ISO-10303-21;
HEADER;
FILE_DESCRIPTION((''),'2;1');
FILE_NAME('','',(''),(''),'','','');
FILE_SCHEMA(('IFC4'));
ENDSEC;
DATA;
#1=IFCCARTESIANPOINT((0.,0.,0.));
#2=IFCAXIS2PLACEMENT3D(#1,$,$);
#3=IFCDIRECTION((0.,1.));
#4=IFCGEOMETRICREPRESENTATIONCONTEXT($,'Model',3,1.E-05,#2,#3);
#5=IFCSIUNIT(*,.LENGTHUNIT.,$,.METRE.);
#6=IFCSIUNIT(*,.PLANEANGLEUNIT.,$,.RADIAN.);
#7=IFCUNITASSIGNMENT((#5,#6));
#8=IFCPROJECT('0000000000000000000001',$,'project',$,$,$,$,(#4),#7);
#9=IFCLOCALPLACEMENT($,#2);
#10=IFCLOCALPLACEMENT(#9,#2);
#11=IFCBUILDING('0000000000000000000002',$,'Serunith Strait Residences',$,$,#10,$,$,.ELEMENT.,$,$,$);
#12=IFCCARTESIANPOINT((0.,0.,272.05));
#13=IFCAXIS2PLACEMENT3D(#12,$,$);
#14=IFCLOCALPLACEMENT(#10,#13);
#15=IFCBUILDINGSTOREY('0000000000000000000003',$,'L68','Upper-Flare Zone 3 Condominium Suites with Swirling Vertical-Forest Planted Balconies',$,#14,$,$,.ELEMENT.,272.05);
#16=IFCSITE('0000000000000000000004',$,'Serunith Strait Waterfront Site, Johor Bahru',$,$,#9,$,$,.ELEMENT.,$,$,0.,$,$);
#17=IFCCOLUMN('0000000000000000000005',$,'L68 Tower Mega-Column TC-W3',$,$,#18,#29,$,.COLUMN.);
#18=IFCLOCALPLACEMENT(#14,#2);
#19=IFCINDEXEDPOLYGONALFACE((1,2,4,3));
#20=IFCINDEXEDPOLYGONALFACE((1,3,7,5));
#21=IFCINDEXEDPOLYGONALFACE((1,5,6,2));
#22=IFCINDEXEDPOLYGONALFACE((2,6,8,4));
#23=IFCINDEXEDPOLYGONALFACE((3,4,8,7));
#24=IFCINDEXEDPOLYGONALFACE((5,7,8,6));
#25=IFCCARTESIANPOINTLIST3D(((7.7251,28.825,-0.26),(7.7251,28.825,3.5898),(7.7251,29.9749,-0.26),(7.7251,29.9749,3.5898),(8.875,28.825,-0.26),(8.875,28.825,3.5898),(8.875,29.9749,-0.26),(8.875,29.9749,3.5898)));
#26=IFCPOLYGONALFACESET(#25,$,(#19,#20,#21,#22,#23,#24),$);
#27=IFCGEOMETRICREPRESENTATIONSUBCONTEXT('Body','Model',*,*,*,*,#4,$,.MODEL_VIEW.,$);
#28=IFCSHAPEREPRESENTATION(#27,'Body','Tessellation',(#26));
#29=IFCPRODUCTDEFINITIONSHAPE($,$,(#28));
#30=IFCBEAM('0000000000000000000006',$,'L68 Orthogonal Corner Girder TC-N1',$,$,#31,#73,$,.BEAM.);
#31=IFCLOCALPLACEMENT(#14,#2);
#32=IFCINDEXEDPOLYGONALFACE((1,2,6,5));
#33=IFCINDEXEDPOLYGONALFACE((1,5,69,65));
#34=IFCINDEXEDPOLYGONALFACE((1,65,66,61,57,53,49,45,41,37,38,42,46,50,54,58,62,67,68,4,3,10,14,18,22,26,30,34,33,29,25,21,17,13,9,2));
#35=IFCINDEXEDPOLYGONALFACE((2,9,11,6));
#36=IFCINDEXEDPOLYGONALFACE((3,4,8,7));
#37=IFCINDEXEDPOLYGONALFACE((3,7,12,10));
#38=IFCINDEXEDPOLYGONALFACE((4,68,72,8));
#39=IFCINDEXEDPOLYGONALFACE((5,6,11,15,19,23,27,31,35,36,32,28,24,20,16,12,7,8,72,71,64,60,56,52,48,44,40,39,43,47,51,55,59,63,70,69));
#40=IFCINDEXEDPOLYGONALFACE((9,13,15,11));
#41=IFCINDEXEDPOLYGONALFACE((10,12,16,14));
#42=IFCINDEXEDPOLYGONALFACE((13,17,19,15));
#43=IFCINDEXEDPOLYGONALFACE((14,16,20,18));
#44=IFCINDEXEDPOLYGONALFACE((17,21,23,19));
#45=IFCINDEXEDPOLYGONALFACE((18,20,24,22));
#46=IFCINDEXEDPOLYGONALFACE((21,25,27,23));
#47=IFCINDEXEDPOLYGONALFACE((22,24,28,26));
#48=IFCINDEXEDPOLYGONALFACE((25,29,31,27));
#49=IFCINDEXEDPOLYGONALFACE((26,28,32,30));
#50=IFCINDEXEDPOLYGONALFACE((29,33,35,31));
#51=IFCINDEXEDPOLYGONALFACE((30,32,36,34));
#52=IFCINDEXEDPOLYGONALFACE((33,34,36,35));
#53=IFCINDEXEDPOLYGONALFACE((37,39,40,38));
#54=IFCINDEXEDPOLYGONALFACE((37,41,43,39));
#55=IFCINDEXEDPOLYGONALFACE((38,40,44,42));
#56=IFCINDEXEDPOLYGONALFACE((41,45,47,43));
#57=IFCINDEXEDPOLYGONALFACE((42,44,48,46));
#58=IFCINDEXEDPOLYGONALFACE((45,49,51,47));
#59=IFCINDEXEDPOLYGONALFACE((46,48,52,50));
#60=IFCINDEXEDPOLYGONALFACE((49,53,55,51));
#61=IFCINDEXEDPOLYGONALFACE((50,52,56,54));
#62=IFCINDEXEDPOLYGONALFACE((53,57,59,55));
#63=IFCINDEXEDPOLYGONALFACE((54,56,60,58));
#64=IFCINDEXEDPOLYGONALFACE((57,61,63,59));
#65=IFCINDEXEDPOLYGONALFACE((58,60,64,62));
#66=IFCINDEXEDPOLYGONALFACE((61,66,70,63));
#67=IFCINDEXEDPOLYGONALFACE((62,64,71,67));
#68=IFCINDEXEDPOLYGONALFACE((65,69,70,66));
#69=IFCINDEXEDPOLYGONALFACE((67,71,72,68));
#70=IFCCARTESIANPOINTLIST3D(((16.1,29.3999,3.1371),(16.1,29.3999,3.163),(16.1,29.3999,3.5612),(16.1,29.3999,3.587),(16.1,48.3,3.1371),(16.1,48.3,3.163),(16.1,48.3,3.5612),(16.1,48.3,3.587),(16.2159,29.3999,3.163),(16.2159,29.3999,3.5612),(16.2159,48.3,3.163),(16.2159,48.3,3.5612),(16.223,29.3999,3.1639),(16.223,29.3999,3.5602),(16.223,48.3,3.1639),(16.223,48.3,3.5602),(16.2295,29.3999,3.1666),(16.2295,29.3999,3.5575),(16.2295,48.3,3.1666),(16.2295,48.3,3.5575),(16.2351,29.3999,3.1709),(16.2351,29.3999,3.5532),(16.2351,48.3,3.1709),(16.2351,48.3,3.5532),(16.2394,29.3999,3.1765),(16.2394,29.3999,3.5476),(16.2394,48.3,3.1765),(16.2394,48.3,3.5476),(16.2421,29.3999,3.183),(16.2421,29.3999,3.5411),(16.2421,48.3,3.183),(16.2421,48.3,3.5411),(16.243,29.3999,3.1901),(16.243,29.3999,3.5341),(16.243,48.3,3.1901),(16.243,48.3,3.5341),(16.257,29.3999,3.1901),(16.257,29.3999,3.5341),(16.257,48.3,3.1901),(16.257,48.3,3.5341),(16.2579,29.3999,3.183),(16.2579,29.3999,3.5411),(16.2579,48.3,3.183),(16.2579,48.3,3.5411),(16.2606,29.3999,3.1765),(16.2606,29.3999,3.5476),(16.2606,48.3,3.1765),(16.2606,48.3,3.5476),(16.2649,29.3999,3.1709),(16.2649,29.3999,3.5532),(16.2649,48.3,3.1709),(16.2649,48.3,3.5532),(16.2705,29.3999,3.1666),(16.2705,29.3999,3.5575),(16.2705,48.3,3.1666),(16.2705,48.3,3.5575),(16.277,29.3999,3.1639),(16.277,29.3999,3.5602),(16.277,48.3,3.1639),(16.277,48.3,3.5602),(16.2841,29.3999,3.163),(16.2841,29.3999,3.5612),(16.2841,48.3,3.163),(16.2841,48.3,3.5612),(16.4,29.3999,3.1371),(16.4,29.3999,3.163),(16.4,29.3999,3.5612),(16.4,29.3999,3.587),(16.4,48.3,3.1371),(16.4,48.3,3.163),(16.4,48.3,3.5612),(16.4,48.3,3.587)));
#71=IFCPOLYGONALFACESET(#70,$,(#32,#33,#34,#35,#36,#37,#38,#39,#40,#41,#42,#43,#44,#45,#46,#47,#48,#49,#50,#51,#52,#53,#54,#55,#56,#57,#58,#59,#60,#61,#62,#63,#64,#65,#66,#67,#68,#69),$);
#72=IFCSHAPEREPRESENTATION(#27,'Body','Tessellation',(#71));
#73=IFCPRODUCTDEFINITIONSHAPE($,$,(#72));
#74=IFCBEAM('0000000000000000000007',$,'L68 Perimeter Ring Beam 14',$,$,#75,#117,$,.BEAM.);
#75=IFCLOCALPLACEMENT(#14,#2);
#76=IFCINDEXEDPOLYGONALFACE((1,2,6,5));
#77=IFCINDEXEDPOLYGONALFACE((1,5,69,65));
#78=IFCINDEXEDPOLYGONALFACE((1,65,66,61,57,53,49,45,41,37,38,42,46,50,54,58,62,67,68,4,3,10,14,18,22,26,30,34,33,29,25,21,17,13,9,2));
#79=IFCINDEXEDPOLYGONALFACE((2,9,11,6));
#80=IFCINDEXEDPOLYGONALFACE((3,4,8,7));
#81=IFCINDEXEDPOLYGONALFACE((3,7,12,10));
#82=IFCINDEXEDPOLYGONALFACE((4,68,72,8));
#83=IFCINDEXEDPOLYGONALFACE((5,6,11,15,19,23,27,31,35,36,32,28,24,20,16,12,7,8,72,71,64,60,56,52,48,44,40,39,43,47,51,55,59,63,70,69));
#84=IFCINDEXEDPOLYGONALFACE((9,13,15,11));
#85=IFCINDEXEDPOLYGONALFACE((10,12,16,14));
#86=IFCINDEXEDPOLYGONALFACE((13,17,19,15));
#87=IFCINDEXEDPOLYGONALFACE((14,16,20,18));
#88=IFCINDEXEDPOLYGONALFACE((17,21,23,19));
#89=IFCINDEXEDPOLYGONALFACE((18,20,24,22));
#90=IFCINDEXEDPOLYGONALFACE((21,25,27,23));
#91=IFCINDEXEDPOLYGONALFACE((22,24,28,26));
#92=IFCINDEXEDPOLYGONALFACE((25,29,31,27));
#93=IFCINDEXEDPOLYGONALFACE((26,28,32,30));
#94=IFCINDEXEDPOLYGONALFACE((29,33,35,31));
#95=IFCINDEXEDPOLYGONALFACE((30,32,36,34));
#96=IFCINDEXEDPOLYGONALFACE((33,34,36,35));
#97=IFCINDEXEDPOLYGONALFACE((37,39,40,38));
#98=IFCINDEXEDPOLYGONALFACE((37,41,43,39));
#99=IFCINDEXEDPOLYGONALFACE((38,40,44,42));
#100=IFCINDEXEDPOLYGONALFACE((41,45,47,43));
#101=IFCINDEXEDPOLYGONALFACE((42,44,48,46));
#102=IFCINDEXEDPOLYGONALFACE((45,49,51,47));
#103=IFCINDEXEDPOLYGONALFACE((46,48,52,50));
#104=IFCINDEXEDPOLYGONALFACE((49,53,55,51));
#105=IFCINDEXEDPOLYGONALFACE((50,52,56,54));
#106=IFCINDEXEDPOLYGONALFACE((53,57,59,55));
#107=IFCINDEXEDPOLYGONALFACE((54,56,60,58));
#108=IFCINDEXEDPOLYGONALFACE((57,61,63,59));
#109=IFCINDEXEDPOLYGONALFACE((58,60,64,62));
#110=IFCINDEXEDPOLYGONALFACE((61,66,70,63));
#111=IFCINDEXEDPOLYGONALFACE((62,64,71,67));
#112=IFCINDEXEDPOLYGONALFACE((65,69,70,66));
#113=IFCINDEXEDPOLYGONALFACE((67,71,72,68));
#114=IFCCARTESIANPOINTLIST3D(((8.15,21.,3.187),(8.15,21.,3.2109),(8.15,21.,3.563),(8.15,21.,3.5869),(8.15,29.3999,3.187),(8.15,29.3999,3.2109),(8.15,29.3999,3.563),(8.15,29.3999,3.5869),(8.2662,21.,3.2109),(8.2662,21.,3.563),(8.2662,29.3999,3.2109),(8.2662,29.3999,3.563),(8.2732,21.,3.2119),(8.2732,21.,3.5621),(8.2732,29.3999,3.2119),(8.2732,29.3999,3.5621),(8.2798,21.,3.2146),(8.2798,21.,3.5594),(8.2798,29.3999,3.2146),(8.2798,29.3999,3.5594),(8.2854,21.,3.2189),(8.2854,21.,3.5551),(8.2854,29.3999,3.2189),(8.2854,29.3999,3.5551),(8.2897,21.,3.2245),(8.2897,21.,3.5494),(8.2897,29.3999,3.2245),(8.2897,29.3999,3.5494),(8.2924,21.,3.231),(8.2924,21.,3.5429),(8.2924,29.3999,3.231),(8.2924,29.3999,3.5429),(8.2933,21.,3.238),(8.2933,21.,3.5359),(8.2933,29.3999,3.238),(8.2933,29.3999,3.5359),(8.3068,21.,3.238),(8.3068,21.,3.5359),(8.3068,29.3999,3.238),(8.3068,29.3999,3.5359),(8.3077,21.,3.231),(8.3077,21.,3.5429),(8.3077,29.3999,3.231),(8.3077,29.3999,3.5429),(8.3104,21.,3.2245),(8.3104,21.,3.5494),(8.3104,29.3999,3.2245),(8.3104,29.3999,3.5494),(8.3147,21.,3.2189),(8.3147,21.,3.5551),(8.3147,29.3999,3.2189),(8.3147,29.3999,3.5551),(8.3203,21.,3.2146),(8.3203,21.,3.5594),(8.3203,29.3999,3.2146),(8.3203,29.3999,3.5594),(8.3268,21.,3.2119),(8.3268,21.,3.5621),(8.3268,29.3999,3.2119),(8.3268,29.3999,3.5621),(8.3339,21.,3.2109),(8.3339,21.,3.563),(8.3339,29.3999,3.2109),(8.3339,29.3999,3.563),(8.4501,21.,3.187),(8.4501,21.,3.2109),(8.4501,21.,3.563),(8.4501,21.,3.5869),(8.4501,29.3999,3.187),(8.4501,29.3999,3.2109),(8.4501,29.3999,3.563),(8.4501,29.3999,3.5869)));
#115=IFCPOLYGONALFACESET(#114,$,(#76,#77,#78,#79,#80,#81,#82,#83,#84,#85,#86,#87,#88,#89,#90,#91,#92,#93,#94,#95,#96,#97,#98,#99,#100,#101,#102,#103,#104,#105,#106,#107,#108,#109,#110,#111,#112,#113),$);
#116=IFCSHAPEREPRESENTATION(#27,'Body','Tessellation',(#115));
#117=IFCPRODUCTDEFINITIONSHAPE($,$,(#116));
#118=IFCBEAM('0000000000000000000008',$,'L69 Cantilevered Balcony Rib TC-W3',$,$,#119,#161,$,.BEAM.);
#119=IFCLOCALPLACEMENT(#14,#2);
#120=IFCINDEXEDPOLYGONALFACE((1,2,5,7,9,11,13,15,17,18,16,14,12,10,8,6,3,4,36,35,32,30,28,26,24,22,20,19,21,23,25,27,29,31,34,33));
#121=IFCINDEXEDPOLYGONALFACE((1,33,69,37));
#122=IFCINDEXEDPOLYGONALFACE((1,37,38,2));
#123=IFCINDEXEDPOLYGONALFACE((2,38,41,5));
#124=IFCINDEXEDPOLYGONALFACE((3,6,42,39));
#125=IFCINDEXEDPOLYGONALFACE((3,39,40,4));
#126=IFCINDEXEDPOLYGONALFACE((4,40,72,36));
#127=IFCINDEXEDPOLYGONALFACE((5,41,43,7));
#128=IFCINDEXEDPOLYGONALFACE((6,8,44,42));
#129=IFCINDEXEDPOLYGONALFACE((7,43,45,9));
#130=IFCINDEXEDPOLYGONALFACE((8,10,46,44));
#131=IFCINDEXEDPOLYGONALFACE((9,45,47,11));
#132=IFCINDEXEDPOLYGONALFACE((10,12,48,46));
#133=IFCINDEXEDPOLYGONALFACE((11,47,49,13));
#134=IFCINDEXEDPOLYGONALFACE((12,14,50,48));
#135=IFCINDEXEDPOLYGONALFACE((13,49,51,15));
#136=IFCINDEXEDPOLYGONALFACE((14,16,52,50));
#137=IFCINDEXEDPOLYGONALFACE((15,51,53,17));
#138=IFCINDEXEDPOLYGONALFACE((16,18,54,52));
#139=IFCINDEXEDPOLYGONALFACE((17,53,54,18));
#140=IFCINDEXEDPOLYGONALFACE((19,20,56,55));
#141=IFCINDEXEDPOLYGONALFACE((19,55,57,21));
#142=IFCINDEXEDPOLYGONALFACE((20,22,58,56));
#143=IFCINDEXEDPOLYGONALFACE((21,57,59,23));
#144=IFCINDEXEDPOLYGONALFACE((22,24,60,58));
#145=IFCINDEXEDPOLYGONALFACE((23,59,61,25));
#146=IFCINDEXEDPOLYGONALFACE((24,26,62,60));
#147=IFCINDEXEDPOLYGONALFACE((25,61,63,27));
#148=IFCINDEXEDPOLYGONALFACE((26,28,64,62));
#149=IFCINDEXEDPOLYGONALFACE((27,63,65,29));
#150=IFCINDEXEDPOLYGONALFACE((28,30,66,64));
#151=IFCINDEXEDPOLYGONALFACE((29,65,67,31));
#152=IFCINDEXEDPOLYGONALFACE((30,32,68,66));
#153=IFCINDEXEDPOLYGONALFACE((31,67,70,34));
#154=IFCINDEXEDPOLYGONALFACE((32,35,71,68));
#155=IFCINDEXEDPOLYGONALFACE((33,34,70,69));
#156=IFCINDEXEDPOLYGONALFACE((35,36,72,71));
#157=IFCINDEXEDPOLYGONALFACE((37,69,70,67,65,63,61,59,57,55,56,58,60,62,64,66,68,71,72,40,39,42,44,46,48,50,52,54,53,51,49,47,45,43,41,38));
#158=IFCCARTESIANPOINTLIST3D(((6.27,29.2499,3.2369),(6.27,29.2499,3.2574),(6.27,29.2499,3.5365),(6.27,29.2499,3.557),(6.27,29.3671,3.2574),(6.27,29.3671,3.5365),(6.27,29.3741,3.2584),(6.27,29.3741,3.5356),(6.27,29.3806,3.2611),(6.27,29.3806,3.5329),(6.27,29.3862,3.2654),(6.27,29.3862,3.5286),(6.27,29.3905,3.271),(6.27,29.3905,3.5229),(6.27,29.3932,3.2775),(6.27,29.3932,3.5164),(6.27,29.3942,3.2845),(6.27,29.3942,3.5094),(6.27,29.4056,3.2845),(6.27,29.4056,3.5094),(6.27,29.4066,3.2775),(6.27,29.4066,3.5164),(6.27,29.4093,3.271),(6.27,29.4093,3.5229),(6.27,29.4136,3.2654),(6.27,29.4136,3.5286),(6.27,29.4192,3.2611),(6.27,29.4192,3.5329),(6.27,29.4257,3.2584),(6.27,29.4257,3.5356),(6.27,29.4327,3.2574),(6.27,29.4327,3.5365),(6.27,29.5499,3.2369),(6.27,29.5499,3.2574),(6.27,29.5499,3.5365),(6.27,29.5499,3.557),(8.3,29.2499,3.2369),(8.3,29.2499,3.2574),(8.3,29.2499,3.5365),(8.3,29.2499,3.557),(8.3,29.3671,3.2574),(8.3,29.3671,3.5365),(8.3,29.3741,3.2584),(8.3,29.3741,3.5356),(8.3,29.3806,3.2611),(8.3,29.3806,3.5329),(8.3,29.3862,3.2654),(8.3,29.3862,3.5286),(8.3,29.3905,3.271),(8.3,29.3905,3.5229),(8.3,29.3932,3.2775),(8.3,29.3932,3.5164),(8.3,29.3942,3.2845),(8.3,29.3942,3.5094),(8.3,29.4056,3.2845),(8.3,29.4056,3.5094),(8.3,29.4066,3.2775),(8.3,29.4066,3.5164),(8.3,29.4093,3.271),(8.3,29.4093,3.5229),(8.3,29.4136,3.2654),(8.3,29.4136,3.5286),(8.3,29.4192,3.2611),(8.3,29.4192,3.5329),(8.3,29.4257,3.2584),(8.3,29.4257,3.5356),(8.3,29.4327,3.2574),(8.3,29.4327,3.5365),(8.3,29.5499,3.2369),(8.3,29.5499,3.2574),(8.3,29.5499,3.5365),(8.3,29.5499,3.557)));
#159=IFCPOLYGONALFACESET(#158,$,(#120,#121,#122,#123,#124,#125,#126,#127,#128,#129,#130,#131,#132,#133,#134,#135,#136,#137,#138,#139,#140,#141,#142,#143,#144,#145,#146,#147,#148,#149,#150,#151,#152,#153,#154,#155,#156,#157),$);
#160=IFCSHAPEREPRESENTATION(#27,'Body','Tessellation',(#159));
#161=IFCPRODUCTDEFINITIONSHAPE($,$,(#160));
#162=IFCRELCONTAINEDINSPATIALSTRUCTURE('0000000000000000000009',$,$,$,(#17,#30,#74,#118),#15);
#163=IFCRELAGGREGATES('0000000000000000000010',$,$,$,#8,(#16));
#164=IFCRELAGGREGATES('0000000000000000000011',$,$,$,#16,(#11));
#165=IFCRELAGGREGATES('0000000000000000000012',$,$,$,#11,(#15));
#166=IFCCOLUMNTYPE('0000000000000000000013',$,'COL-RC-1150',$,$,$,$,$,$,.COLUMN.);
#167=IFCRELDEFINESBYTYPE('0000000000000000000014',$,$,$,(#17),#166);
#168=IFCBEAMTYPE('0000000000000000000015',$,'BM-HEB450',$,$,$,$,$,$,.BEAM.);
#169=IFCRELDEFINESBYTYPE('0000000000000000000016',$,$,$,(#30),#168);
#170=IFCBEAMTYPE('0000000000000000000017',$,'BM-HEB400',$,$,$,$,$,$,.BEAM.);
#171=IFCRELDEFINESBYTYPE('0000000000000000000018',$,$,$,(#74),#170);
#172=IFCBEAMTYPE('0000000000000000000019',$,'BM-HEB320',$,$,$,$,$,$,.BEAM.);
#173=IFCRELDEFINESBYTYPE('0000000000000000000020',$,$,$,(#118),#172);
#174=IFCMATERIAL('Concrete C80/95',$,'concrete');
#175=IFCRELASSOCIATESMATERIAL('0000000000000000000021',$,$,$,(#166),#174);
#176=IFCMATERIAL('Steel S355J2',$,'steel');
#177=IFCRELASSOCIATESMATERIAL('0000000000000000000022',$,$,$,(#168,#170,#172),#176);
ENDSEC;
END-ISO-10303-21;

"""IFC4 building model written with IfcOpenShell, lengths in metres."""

from ifc_helpers import new_model, si_unit, direction, frame, origin, origin_2d, place, context, subcontext, project, spatial, rectangle, i_section, extrude, source, transform, mapped, material, material_profile, profile_set, type_object, element, save


model = new_model("IFC4")

# Units and contexts
model_context = context("Model", 3, precision=1e-05, world=origin(), true_north=direction((0.0, 1.0)))
body_context = subcontext(model_context, "Body", "Model", "MODEL_VIEW")
ifc_project = project(units=[si_unit("LENGTHUNIT", "METRE"), si_unit("PLANEANGLEUNIT", "RADIAN")], contexts=[model_context])

# Site, building, storey
site_placement = place(None, origin())
site = spatial("IfcSite", under=ifc_project, at=site_placement, Name="Serunith Strait Waterfront Site, Johor Bahru", CompositionType="ELEMENT", RefElevation=0.0)
building_placement = place(site_placement, origin())
building = spatial("IfcBuilding", under=site, at=building_placement, Name="Serunith Strait Residences", CompositionType="ELEMENT")
storey_placement = place(building_placement, frame((0.0, 0.0, 272.05)))
storey = spatial("IfcBuildingStorey", under=building, at=storey_placement, Name="L68", Description="Upper-Flare Zone 3 Condominium Suites with Swirling Vertical-Forest Planted Balconies", CompositionType="ELEMENT", Elevation=272.05)

# Column
ifc_material_1 = material(Name="Concrete C80/95", Category="concrete")
ifc_material_profile_1 = material_profile(ifc_material_1, rectangle(XDim=1.1499, YDim=1.1499, at=origin_2d()), Name="RC 1150x1150")
ifc_profile_set_1 = profile_set([ifc_material_profile_1], Name="Concrete C80/95")
column_type = type_object("IfcColumnType", Name="COL-RC-1150", PredefinedType="COLUMN", material=ifc_profile_set_1)
shared_shape_1 = source(origin(), body_context, "Body", "SweptSolid", [
    extrude(rectangle(XDim=1.1499, YDim=1.1499, at=origin_2d()), origin(), (0.0, 0.0, 1.0), 3.8499),
])
column_placement = place(storey_placement, frame((8.3, 29.3999, -0.26), z_axis=(0.0, 0.0, 1.0), x_axis=(1.0, 0.0, 0.0)))
element("IfcColumn", 1, at=column_placement, inside=storey, type_object=column_type, Name="L68 Tower Mega-Column TC-W3", PredefinedType="COLUMN", context=body_context, shape_type="MappedRepresentation", body=[
    mapped(shared_shape_1, transform((0.0, 0.0, 0.0), scale=1.0)),
])

# Beams
ifc_material_2 = material(Name="Steel S355J2", Category="steel")
ifc_material_profile_2 = material_profile(ifc_material_2, i_section(OverallWidth=0.3, OverallDepth=0.45, WebThickness=0.0139, FlangeThickness=0.0259, FilletRadius=0.0271, at=origin_2d()), Name="HEB 450")
ifc_profile_set_2 = profile_set([ifc_material_profile_2], Name="Steel S355J2")
beam_type_1 = type_object("IfcBeamType", Name="BM-HEB450", PredefinedType="BEAM", material=ifc_profile_set_2)
shared_shape_2 = source(origin(), body_context, "Body", "SweptSolid", [
    extrude(i_section(OverallWidth=0.3, OverallDepth=0.45, WebThickness=0.0139, FlangeThickness=0.0259, FilletRadius=0.0271, at=origin_2d()), origin(), (0.0, 0.0, 1.0), 18.9001),
])
beam_1_placement = place(storey_placement, frame((16.25, 29.3999, 3.3621), z_axis=(0.0, 1.0, 0.0), x_axis=(-1.0, 0.0, 0.0)))
element("IfcBeam", 2, at=beam_1_placement, inside=storey, type_object=beam_type_1, Name="L68 Orthogonal Corner Girder TC-N1", PredefinedType="BEAM", context=body_context, shape_type="MappedRepresentation", body=[
    mapped(shared_shape_2, transform((0.0, 0.0, 0.0), scale=1.0)),
])
ifc_material_profile_3 = material_profile(ifc_material_2, i_section(OverallWidth=0.3, OverallDepth=0.3999, WebThickness=0.0134, FlangeThickness=0.0239, FilletRadius=0.0271, at=origin_2d()), Name="HEB 400")
ifc_profile_set_3 = profile_set([ifc_material_profile_3], Name="Steel S355J2")
beam_type_2 = type_object("IfcBeamType", Name="BM-HEB400", PredefinedType="BEAM", material=ifc_profile_set_3)
shared_shape_3 = source(origin(), body_context, "Body", "SweptSolid", [
    extrude(i_section(OverallWidth=0.3, OverallDepth=0.3999, WebThickness=0.0134, FlangeThickness=0.0239, FilletRadius=0.0271, at=origin_2d()), origin(), (0.0, 0.0, 1.0), 8.3999),
])
beam_2_placement = place(storey_placement, frame((8.3, 29.3999, 3.387), z_axis=(0.0, -1.0, 0.0), x_axis=(1.0, 0.0, 0.0)))
element("IfcBeam", 3, at=beam_2_placement, inside=storey, type_object=beam_type_2, Name="L68 Perimeter Ring Beam 14", PredefinedType="BEAM", context=body_context, shape_type="MappedRepresentation", body=[
    mapped(shared_shape_3, transform((0.0, 0.0, 0.0), scale=1.0)),
])
ifc_material_profile_4 = material_profile(ifc_material_2, i_section(OverallWidth=0.3, OverallDepth=0.3201, WebThickness=0.0115, FlangeThickness=0.0205, FilletRadius=0.0271, at=origin_2d()), Name="HEB 320")
ifc_profile_set_4 = profile_set([ifc_material_profile_4], Name="Steel S355J2")
beam_type_3 = type_object("IfcBeamType", Name="BM-HEB320", PredefinedType="BEAM", material=ifc_profile_set_4)
shared_shape_4 = source(origin(), body_context, "Body", "SweptSolid", [
    extrude(i_section(OverallWidth=0.3, OverallDepth=0.3201, WebThickness=0.0115, FlangeThickness=0.0205, FilletRadius=0.0271, at=origin_2d()), origin(), (0.0, 0.0, 1.0), 2.03),
])
beam_3_placement = place(storey_placement, frame((8.3, 29.3999, 3.397), z_axis=(-1.0, 0.0, 0.0), x_axis=(0.0, -1.0, 0.0)))
element("IfcBeam", 4, at=beam_3_placement, inside=storey, type_object=beam_type_3, Name="L69 Cantilevered Balcony Rib TC-W3", PredefinedType="BEAM", context=body_context, shape_type="MappedRepresentation", body=[
    mapped(shared_shape_4, transform((0.0, 0.0, 0.0), scale=1.0)),
])

save(model, "model.ifc")
